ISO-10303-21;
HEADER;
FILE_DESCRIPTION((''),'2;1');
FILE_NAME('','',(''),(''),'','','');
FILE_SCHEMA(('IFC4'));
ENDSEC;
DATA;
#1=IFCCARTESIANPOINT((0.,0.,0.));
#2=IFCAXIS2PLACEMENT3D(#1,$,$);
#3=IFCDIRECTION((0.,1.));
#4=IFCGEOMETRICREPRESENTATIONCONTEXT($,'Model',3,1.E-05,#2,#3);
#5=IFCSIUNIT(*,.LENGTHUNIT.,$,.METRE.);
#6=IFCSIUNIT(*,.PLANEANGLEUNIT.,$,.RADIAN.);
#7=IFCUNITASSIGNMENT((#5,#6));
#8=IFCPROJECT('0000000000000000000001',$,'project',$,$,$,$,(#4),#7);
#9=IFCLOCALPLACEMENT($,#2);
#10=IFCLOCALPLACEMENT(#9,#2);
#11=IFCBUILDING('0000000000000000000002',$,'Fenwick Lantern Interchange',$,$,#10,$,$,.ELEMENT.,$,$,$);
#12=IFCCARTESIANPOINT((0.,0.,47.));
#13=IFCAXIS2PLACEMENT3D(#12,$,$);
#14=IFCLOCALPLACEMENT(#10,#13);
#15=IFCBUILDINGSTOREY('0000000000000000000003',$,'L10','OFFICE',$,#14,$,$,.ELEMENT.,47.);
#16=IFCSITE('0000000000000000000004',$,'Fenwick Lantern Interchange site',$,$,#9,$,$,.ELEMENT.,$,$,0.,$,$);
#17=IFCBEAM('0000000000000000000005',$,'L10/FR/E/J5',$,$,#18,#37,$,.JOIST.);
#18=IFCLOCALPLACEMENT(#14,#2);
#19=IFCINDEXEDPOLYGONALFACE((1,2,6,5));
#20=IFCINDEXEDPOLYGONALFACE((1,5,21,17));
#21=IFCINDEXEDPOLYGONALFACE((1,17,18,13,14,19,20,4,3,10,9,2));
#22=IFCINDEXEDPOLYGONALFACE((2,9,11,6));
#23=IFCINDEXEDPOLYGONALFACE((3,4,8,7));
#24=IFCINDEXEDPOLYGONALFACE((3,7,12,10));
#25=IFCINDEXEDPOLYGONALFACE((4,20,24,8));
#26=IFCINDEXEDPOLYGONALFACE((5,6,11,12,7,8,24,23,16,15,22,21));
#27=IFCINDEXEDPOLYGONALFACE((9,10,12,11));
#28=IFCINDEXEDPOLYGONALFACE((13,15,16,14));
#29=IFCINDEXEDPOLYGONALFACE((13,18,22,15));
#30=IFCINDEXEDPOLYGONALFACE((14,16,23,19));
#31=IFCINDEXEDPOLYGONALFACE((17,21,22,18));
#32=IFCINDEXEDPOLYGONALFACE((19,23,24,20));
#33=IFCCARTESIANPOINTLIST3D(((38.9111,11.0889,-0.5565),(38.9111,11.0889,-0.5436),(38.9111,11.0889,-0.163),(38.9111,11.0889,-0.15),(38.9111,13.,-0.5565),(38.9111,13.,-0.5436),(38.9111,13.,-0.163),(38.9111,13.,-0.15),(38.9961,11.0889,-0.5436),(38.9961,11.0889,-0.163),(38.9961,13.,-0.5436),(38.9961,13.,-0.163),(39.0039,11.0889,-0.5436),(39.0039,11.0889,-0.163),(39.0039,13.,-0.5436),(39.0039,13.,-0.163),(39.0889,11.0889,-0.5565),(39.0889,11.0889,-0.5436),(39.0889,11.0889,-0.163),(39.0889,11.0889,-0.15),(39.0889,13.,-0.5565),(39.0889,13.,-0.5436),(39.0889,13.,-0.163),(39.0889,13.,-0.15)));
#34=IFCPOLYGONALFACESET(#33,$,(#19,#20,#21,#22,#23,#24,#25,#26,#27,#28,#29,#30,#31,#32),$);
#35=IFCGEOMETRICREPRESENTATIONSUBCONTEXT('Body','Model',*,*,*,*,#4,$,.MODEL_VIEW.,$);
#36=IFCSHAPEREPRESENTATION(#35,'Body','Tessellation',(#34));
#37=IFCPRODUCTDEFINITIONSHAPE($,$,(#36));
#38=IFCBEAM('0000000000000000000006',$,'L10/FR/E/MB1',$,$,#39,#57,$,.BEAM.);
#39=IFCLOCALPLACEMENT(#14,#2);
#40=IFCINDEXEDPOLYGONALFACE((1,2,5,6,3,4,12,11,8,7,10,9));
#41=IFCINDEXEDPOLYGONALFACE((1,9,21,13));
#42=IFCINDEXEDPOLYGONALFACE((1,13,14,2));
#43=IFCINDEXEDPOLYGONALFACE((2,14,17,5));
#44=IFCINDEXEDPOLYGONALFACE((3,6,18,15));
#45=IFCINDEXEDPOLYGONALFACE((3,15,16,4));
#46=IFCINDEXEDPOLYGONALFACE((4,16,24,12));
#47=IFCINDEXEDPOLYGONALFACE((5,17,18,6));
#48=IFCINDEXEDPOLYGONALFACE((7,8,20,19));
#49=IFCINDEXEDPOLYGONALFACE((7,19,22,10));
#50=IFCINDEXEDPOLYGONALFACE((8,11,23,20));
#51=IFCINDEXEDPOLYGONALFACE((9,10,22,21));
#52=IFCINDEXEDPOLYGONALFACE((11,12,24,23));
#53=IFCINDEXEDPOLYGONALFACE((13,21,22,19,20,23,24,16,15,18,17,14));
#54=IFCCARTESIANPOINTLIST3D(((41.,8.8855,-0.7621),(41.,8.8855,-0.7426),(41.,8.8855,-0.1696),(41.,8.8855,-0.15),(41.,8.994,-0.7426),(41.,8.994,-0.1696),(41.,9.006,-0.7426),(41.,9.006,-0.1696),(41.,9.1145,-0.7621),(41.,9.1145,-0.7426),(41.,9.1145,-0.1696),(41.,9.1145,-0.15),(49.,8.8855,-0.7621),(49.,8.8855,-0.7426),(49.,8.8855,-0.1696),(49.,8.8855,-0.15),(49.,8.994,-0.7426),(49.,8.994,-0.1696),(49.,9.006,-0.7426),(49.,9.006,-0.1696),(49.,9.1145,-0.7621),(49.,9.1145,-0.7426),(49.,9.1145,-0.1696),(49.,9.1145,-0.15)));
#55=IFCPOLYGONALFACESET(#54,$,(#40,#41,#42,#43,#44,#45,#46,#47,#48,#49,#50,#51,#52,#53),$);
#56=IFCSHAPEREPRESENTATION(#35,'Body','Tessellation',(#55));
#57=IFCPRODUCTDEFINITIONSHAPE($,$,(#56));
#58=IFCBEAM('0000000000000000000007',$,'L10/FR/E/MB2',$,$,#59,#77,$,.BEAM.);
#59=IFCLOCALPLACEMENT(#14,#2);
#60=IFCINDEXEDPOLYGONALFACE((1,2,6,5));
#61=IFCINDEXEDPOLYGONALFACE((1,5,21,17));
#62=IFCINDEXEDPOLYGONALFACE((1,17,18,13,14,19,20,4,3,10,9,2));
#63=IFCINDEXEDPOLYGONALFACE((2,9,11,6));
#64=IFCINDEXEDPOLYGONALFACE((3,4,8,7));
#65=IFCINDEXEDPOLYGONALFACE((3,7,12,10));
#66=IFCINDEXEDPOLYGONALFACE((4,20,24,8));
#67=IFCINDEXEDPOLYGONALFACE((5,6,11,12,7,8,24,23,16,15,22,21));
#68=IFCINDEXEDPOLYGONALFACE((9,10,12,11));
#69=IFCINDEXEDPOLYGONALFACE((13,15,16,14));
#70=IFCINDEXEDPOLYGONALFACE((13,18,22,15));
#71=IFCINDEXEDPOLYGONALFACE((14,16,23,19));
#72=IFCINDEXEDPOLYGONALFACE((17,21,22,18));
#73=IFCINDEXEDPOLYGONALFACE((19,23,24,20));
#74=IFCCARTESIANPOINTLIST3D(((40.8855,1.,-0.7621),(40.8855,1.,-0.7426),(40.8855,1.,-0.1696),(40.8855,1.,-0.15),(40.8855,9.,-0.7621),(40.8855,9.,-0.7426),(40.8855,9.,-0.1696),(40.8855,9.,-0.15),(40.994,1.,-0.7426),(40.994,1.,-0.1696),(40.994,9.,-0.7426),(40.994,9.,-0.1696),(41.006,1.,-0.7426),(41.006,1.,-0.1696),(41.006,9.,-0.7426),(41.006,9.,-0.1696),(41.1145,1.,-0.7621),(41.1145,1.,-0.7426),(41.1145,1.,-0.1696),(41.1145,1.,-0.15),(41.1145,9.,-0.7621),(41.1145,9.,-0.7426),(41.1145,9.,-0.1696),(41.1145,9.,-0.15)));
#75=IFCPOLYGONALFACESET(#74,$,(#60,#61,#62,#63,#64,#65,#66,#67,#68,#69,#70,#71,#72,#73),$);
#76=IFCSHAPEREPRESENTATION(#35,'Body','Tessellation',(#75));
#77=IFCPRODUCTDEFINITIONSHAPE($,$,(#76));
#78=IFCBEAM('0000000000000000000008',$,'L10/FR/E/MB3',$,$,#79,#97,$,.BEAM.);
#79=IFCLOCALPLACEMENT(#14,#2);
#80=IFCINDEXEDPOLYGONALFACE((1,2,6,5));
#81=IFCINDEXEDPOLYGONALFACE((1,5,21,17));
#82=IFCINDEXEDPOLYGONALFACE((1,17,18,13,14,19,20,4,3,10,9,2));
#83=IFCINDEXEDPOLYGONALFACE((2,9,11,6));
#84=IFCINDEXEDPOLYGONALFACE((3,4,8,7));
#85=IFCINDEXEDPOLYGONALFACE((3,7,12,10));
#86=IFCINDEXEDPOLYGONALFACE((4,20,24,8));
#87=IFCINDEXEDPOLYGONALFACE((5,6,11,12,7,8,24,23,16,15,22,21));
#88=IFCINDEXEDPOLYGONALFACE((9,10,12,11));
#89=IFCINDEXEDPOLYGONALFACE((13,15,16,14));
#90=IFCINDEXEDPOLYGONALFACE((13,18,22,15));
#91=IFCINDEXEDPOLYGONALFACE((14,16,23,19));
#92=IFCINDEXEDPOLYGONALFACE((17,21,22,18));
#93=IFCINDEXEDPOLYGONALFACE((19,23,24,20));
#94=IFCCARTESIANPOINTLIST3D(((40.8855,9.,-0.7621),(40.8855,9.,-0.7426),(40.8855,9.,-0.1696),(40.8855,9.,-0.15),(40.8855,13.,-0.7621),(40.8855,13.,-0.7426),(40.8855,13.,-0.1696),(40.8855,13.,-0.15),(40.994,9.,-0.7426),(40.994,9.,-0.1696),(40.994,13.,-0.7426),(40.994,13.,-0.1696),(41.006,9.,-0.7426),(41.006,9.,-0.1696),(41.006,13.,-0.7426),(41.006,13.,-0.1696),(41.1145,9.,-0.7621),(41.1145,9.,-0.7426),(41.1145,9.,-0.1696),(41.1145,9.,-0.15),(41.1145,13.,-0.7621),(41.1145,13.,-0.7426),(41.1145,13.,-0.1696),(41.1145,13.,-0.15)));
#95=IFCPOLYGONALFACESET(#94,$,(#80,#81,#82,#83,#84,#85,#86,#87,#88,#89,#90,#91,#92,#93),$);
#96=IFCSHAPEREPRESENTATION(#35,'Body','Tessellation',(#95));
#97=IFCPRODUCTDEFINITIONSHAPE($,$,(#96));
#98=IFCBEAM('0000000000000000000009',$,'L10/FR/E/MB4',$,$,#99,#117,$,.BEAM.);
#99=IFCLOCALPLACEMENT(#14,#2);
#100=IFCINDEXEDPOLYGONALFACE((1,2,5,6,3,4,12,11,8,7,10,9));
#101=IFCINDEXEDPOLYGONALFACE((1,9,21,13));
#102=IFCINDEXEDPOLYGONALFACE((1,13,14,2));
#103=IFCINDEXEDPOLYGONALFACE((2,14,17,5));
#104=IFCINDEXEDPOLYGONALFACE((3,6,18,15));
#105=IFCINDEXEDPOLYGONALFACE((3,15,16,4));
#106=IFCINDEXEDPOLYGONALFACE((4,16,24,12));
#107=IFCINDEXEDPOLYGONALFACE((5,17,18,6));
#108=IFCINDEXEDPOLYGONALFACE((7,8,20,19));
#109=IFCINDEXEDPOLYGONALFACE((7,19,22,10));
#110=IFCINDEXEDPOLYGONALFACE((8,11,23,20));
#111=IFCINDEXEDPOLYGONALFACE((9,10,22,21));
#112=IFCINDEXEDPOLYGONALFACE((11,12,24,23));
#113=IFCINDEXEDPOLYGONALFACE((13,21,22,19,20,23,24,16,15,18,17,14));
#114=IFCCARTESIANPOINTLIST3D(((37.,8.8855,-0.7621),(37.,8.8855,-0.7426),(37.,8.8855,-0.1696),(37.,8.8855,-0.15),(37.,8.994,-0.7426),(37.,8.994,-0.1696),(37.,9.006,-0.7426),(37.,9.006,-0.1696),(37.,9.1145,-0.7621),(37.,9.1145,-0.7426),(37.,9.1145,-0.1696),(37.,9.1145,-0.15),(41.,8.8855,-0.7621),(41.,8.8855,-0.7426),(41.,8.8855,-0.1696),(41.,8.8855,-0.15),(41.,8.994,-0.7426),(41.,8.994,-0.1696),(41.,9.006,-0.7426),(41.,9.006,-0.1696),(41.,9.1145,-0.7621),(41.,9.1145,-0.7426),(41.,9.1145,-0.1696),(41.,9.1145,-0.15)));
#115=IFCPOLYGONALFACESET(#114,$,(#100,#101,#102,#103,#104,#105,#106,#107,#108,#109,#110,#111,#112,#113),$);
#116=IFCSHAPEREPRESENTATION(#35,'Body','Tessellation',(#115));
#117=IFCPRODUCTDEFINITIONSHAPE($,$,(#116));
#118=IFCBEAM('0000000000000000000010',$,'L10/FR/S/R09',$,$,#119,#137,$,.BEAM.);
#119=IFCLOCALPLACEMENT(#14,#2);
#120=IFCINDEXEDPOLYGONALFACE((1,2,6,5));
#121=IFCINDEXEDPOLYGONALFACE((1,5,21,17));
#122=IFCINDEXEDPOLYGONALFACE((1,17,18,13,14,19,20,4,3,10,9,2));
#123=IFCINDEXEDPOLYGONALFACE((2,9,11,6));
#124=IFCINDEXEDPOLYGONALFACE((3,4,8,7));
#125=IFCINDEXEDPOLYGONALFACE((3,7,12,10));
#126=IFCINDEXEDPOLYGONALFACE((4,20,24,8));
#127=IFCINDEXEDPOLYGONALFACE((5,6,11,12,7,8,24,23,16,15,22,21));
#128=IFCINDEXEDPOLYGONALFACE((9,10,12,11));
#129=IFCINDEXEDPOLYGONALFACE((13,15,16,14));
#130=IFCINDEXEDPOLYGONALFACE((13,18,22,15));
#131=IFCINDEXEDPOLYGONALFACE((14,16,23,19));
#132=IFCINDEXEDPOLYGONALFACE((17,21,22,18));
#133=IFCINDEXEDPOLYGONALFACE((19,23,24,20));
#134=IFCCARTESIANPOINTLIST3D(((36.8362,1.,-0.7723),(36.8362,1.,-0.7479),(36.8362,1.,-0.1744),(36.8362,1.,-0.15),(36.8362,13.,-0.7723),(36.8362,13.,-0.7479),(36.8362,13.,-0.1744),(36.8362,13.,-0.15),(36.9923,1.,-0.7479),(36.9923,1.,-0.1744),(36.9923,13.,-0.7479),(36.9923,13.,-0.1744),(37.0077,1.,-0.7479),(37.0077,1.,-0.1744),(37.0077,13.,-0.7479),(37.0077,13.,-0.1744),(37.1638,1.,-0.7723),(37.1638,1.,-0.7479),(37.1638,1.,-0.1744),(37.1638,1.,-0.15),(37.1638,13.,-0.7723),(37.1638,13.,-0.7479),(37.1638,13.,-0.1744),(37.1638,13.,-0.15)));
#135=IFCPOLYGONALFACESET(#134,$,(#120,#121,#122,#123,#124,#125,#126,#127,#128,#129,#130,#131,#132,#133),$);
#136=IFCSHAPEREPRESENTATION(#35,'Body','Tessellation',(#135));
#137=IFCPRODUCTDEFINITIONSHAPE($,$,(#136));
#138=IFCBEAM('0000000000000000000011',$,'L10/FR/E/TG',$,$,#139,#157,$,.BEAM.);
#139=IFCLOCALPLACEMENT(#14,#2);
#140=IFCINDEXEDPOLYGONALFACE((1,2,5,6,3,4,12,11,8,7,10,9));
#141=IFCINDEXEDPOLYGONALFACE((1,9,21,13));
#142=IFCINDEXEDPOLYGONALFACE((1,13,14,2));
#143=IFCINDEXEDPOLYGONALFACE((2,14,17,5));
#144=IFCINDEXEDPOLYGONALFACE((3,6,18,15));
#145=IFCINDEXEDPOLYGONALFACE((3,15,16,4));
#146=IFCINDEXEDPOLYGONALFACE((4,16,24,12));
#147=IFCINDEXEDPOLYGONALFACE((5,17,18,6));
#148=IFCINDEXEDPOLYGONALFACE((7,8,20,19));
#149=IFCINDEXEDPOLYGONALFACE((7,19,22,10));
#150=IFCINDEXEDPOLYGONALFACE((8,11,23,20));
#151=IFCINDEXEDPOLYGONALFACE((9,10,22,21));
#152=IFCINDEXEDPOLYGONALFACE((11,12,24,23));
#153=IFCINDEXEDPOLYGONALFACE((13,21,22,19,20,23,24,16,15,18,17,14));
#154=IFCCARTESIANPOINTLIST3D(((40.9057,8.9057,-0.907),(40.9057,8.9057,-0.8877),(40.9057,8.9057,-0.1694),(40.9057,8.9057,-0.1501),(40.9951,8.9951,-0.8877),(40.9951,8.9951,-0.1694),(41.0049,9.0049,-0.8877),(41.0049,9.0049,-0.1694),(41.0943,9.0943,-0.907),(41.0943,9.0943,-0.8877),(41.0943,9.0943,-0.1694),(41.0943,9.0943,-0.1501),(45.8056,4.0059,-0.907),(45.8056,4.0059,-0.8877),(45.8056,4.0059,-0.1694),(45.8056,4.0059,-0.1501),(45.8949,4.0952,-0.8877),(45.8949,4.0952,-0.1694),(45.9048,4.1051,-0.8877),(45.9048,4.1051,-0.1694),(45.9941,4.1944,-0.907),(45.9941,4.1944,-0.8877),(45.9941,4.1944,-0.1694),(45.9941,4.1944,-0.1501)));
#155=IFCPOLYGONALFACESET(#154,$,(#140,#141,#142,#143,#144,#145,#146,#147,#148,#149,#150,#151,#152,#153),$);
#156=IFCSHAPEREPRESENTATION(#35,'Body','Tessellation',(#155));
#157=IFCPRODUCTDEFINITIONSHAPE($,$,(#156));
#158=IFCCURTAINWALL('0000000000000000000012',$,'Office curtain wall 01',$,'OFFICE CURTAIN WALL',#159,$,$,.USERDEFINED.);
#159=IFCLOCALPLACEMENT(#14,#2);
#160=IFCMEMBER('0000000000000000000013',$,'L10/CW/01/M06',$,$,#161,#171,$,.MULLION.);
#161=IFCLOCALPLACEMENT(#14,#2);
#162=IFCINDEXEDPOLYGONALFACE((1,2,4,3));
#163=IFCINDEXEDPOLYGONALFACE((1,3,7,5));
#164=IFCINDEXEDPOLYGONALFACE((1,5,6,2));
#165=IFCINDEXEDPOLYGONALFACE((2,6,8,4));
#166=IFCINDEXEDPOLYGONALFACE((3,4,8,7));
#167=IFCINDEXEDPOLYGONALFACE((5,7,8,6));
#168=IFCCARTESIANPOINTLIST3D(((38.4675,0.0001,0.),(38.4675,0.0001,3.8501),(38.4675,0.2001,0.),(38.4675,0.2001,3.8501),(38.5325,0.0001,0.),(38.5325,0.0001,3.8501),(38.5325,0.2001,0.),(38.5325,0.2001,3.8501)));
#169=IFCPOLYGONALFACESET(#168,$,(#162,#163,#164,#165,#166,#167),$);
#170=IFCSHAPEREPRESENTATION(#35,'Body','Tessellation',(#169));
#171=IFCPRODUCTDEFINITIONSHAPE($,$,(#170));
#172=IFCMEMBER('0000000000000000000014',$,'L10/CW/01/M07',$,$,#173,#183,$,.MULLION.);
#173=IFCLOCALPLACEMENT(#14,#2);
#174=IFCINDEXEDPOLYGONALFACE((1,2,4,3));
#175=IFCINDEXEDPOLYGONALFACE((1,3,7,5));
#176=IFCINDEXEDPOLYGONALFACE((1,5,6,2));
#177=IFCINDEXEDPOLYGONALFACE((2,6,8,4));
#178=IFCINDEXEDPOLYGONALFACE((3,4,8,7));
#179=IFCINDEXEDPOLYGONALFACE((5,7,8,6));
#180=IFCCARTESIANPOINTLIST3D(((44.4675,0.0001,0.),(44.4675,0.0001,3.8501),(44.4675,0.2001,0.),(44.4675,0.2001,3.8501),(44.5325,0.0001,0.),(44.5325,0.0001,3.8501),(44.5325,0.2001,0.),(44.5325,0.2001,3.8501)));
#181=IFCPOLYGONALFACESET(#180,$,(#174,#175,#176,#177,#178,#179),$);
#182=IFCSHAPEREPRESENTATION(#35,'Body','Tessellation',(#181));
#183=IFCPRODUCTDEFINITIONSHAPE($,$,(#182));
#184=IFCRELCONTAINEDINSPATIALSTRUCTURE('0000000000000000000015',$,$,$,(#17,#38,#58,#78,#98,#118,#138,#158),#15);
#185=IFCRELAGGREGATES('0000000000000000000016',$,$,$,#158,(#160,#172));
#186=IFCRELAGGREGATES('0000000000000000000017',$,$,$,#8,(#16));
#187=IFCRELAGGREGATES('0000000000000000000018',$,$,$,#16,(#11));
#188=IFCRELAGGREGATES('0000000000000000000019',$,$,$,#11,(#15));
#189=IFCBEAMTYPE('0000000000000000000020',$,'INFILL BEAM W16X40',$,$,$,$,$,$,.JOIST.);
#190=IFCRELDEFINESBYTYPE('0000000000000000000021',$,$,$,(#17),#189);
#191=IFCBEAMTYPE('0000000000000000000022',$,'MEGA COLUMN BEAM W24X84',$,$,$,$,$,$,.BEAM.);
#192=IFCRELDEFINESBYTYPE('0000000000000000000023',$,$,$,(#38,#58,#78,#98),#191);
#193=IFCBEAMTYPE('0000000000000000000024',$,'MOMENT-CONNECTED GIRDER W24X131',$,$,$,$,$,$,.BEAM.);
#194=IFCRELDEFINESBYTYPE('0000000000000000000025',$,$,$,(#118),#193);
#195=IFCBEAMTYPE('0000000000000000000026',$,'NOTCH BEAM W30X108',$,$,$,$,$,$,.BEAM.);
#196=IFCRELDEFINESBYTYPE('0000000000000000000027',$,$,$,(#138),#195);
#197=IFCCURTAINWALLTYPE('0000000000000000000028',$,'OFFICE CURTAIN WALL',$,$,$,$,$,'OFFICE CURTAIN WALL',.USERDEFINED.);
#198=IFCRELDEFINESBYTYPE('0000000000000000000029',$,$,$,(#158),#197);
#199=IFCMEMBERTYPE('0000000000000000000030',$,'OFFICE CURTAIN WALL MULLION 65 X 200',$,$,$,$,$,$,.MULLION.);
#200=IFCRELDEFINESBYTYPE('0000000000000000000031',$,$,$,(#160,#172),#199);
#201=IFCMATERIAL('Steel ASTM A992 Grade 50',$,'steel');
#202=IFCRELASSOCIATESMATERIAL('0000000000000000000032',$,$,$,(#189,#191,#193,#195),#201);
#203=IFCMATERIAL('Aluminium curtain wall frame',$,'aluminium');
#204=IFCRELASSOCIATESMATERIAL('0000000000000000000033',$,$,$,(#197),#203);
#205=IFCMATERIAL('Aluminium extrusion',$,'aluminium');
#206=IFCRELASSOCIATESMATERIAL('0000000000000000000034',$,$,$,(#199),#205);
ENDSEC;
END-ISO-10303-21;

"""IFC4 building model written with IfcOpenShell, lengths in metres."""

from ifc_helpers import new_model, si_unit, direction, frame, origin, origin_2d, place, context, subcontext, project, spatial, rectangle, i_section, extrude, material, material_profile, profile_set, type_object, element, aggregate, save


model = new_model("IFC4")

# Units and contexts
model_context = context("Model", 3, precision=1e-05, world=origin(), true_north=direction((0.0, 1.0)))
body_context = subcontext(model_context, "Body", "Model", "MODEL_VIEW")
ifc_project = project(units=[si_unit("LENGTHUNIT", "METRE"), si_unit("PLANEANGLEUNIT", "RADIAN")], contexts=[model_context])

# Site, building, storey
site_placement = place(None, origin())
site = spatial("IfcSite", under=ifc_project, at=site_placement, Name="Fenwick Lantern Interchange site", CompositionType="ELEMENT", RefElevation=0.0)
building_placement = place(site_placement, origin())
building = spatial("IfcBuilding", under=site, at=building_placement, Name="Fenwick Lantern Interchange", CompositionType="ELEMENT")
storey_placement = place(building_placement, frame((0.0, 0.0, 47.0)))
storey = spatial("IfcBuildingStorey", under=building, at=storey_placement, Name="L10", Description="OFFICE", CompositionType="ELEMENT", Elevation=47.0)

# Beams
ifc_material_1 = material(Name="Steel ASTM A992 Grade 50", Category="steel")
ifc_material_profile_1 = material_profile(ifc_material_1, i_section(OverallWidth=0.1777, OverallDepth=0.4065, WebThickness=0.0078, FlangeThickness=0.0129, at=origin_2d()), Name="W16X40")
ifc_profile_set_1 = profile_set([ifc_material_profile_1], Name="Steel ASTM A992 Grade 50")
beam_type_1 = type_object("IfcBeamType", Name="INFILL BEAM W16X40", PredefinedType="JOIST", material=ifc_profile_set_1)
beam_1_placement = place(storey_placement, frame((39.0, 11.0889, -0.3533), z_axis=(0.0, 1.0, 0.0), x_axis=(-1.0, 0.0, 0.0)))
element("IfcBeam", 1, at=beam_1_placement, inside=storey, type_object=beam_type_1, Name="L10/FR/E/J5", PredefinedType="JOIST", context=body_context, shape_type="SweptSolid", body=[
    extrude(i_section(OverallWidth=0.1777, OverallDepth=0.4065, WebThickness=0.0078, FlangeThickness=0.0129, at=origin_2d()), origin(), (0.0, 0.0, 1.0), 1.9111),
])
ifc_material_profile_2 = material_profile(ifc_material_1, i_section(OverallWidth=0.229, OverallDepth=0.6121, WebThickness=0.012, FlangeThickness=0.0195, at=origin_2d()), Name="W24X84")
ifc_profile_set_2 = profile_set([ifc_material_profile_2], Name="Steel ASTM A992 Grade 50")
beam_type_2 = type_object("IfcBeamType", Name="MEGA COLUMN BEAM W24X84", PredefinedType="BEAM", material=ifc_profile_set_2)
for number, where, z_axis, x_axis, name in (
    (2, (41.0, 9.0, -0.4561), (1.0, 0.0, 0.0), (0.0, 1.0, 0.0), "L10/FR/E/MB1"),
    (3, (41.0, 9.0, -0.4561), (0.0, -1.0, 0.0), (1.0, 0.0, 0.0), "L10/FR/E/MB2"),
):
    element("IfcBeam", number, at=place(storey_placement, frame(where, z_axis=z_axis, x_axis=x_axis)), inside=storey, type_object=beam_type_2, Name=name, PredefinedType="BEAM", context=body_context, shape_type="SweptSolid", body=[
        extrude(i_section(OverallWidth=0.229, OverallDepth=0.6121, WebThickness=0.012, FlangeThickness=0.0195, at=origin_2d()), origin(), (0.0, 0.0, 1.0), 8.0),
    ])
for number, where, z_axis, x_axis, name in (
    (4, (41.0, 9.0, -0.4561), (0.0, 1.0, 0.0), (-1.0, 0.0, 0.0), "L10/FR/E/MB3"),
    (5, (41.0, 9.0, -0.4561), (-1.0, 0.0, 0.0), (0.0, -1.0, 0.0), "L10/FR/E/MB4"),
):
    element("IfcBeam", number, at=place(storey_placement, frame(where, z_axis=z_axis, x_axis=x_axis)), inside=storey, type_object=beam_type_2, Name=name, PredefinedType="BEAM", context=body_context, shape_type="SweptSolid", body=[
        extrude(i_section(OverallWidth=0.229, OverallDepth=0.6121, WebThickness=0.012, FlangeThickness=0.0195, at=origin_2d()), origin(), (0.0, 0.0, 1.0), 4.0),
    ])
ifc_material_profile_3 = material_profile(ifc_material_1, i_section(OverallWidth=0.3276, OverallDepth=0.6223, WebThickness=0.0154, FlangeThickness=0.0244, at=origin_2d()), Name="W24X131")
ifc_profile_set_3 = profile_set([ifc_material_profile_3], Name="Steel ASTM A992 Grade 50")
beam_type_3 = type_object("IfcBeamType", Name="MOMENT-CONNECTED GIRDER W24X131", PredefinedType="BEAM", material=ifc_profile_set_3)
beam_2_placement = place(storey_placement, frame((37.0, 1.0, -0.4612), z_axis=(0.0, 1.0, 0.0), x_axis=(-1.0, 0.0, 0.0)))
element("IfcBeam", 6, at=beam_2_placement, inside=storey, type_object=beam_type_3, Name="L10/FR/S/R09", PredefinedType="BEAM", context=body_context, shape_type="SweptSolid", body=[
    extrude(i_section(OverallWidth=0.3276, OverallDepth=0.6223, WebThickness=0.0154, FlangeThickness=0.0244, at=origin_2d()), origin(), (0.0, 0.0, 1.0), 12.0),
])
ifc_material_profile_4 = material_profile(ifc_material_1, i_section(OverallWidth=0.2666, OverallDepth=0.7568, WebThickness=0.0139, FlangeThickness=0.0193, at=origin_2d()), Name="W30X108")
ifc_profile_set_4 = profile_set([ifc_material_profile_4], Name="Steel ASTM A992 Grade 50")
beam_type_4 = type_object("IfcBeamType", Name="NOTCH BEAM W30X108", PredefinedType="BEAM", material=ifc_profile_set_4)
beam_3_placement = place(storey_placement, frame((41.0, 9.0, -0.5286), z_axis=(0.707107, -0.707107, 0.0), x_axis=(0.707107, 0.707107, 0.0)))
element("IfcBeam", 7, at=beam_3_placement, inside=storey, type_object=beam_type_4, Name="L10/FR/E/TG", PredefinedType="BEAM", context=body_context, shape_type="SweptSolid", body=[
    extrude(i_section(OverallWidth=0.2666, OverallDepth=0.7568, WebThickness=0.0139, FlangeThickness=0.0193, at=origin_2d()), origin(), (0.0, 0.0, 1.0), 6.9294),
])

# Curtain wall, members
ifc_material_2 = material(Name="Aluminium curtain wall frame", Category="aluminium")
curtain_wall_type = type_object("IfcCurtainWallType", Name="OFFICE CURTAIN WALL", ElementType="OFFICE CURTAIN WALL", PredefinedType="USERDEFINED", material=ifc_material_2)
curtain_wall_placement = place(storey_placement, origin())
curtain_wall = element("IfcCurtainWall", 8, at=curtain_wall_placement, inside=storey, type_object=curtain_wall_type, Name="Office curtain wall 01", ObjectType="OFFICE CURTAIN WALL", PredefinedType="USERDEFINED")
ifc_material_3 = material(Name="Aluminium extrusion", Category="aluminium")
ifc_material_profile_5 = material_profile(ifc_material_3, rectangle(XDim=0.2, YDim=0.0649, at=origin_2d()), Name="OFFICE CURTAIN WALL MULLION 65 X 200")
ifc_profile_set_5 = profile_set([ifc_material_profile_5], Name="Aluminium extrusion")
member_type_1 = type_object("IfcMemberType", Name="OFFICE CURTAIN WALL MULLION 65 X 200", PredefinedType="MULLION", material=ifc_profile_set_5)
member_1_placement = place(storey_placement, frame((38.5, 0.1001, 0.0), z_axis=(0.0, 0.0, 1.0), x_axis=(0.0, 1.0, 0.0)))
member_1 = element("IfcMember", 9, at=member_1_placement, type_object=member_type_1, Name="L10/CW/01/M06", PredefinedType="MULLION", context=body_context, shape_type="SweptSolid", body=[
    extrude(rectangle(XDim=0.2, YDim=0.0649, at=origin_2d()), origin(), (0.0, 0.0, 1.0), 3.8501),
])
member_2_placement = place(storey_placement, frame((44.5, 0.1001, 0.0), z_axis=(0.0, 0.0, 1.0), x_axis=(0.0, 1.0, 0.0)))
member_2 = element("IfcMember", 10, at=member_2_placement, type_object=member_type_1, Name="L10/CW/01/M07", PredefinedType="MULLION", context=body_context, shape_type="SweptSolid", body=[
    extrude(rectangle(XDim=0.2, YDim=0.0649, at=origin_2d()), origin(), (0.0, 0.0, 1.0), 3.8501),
])
aggregate(curtain_wall, [member_1, member_2])

save(model, "model.ifc")
